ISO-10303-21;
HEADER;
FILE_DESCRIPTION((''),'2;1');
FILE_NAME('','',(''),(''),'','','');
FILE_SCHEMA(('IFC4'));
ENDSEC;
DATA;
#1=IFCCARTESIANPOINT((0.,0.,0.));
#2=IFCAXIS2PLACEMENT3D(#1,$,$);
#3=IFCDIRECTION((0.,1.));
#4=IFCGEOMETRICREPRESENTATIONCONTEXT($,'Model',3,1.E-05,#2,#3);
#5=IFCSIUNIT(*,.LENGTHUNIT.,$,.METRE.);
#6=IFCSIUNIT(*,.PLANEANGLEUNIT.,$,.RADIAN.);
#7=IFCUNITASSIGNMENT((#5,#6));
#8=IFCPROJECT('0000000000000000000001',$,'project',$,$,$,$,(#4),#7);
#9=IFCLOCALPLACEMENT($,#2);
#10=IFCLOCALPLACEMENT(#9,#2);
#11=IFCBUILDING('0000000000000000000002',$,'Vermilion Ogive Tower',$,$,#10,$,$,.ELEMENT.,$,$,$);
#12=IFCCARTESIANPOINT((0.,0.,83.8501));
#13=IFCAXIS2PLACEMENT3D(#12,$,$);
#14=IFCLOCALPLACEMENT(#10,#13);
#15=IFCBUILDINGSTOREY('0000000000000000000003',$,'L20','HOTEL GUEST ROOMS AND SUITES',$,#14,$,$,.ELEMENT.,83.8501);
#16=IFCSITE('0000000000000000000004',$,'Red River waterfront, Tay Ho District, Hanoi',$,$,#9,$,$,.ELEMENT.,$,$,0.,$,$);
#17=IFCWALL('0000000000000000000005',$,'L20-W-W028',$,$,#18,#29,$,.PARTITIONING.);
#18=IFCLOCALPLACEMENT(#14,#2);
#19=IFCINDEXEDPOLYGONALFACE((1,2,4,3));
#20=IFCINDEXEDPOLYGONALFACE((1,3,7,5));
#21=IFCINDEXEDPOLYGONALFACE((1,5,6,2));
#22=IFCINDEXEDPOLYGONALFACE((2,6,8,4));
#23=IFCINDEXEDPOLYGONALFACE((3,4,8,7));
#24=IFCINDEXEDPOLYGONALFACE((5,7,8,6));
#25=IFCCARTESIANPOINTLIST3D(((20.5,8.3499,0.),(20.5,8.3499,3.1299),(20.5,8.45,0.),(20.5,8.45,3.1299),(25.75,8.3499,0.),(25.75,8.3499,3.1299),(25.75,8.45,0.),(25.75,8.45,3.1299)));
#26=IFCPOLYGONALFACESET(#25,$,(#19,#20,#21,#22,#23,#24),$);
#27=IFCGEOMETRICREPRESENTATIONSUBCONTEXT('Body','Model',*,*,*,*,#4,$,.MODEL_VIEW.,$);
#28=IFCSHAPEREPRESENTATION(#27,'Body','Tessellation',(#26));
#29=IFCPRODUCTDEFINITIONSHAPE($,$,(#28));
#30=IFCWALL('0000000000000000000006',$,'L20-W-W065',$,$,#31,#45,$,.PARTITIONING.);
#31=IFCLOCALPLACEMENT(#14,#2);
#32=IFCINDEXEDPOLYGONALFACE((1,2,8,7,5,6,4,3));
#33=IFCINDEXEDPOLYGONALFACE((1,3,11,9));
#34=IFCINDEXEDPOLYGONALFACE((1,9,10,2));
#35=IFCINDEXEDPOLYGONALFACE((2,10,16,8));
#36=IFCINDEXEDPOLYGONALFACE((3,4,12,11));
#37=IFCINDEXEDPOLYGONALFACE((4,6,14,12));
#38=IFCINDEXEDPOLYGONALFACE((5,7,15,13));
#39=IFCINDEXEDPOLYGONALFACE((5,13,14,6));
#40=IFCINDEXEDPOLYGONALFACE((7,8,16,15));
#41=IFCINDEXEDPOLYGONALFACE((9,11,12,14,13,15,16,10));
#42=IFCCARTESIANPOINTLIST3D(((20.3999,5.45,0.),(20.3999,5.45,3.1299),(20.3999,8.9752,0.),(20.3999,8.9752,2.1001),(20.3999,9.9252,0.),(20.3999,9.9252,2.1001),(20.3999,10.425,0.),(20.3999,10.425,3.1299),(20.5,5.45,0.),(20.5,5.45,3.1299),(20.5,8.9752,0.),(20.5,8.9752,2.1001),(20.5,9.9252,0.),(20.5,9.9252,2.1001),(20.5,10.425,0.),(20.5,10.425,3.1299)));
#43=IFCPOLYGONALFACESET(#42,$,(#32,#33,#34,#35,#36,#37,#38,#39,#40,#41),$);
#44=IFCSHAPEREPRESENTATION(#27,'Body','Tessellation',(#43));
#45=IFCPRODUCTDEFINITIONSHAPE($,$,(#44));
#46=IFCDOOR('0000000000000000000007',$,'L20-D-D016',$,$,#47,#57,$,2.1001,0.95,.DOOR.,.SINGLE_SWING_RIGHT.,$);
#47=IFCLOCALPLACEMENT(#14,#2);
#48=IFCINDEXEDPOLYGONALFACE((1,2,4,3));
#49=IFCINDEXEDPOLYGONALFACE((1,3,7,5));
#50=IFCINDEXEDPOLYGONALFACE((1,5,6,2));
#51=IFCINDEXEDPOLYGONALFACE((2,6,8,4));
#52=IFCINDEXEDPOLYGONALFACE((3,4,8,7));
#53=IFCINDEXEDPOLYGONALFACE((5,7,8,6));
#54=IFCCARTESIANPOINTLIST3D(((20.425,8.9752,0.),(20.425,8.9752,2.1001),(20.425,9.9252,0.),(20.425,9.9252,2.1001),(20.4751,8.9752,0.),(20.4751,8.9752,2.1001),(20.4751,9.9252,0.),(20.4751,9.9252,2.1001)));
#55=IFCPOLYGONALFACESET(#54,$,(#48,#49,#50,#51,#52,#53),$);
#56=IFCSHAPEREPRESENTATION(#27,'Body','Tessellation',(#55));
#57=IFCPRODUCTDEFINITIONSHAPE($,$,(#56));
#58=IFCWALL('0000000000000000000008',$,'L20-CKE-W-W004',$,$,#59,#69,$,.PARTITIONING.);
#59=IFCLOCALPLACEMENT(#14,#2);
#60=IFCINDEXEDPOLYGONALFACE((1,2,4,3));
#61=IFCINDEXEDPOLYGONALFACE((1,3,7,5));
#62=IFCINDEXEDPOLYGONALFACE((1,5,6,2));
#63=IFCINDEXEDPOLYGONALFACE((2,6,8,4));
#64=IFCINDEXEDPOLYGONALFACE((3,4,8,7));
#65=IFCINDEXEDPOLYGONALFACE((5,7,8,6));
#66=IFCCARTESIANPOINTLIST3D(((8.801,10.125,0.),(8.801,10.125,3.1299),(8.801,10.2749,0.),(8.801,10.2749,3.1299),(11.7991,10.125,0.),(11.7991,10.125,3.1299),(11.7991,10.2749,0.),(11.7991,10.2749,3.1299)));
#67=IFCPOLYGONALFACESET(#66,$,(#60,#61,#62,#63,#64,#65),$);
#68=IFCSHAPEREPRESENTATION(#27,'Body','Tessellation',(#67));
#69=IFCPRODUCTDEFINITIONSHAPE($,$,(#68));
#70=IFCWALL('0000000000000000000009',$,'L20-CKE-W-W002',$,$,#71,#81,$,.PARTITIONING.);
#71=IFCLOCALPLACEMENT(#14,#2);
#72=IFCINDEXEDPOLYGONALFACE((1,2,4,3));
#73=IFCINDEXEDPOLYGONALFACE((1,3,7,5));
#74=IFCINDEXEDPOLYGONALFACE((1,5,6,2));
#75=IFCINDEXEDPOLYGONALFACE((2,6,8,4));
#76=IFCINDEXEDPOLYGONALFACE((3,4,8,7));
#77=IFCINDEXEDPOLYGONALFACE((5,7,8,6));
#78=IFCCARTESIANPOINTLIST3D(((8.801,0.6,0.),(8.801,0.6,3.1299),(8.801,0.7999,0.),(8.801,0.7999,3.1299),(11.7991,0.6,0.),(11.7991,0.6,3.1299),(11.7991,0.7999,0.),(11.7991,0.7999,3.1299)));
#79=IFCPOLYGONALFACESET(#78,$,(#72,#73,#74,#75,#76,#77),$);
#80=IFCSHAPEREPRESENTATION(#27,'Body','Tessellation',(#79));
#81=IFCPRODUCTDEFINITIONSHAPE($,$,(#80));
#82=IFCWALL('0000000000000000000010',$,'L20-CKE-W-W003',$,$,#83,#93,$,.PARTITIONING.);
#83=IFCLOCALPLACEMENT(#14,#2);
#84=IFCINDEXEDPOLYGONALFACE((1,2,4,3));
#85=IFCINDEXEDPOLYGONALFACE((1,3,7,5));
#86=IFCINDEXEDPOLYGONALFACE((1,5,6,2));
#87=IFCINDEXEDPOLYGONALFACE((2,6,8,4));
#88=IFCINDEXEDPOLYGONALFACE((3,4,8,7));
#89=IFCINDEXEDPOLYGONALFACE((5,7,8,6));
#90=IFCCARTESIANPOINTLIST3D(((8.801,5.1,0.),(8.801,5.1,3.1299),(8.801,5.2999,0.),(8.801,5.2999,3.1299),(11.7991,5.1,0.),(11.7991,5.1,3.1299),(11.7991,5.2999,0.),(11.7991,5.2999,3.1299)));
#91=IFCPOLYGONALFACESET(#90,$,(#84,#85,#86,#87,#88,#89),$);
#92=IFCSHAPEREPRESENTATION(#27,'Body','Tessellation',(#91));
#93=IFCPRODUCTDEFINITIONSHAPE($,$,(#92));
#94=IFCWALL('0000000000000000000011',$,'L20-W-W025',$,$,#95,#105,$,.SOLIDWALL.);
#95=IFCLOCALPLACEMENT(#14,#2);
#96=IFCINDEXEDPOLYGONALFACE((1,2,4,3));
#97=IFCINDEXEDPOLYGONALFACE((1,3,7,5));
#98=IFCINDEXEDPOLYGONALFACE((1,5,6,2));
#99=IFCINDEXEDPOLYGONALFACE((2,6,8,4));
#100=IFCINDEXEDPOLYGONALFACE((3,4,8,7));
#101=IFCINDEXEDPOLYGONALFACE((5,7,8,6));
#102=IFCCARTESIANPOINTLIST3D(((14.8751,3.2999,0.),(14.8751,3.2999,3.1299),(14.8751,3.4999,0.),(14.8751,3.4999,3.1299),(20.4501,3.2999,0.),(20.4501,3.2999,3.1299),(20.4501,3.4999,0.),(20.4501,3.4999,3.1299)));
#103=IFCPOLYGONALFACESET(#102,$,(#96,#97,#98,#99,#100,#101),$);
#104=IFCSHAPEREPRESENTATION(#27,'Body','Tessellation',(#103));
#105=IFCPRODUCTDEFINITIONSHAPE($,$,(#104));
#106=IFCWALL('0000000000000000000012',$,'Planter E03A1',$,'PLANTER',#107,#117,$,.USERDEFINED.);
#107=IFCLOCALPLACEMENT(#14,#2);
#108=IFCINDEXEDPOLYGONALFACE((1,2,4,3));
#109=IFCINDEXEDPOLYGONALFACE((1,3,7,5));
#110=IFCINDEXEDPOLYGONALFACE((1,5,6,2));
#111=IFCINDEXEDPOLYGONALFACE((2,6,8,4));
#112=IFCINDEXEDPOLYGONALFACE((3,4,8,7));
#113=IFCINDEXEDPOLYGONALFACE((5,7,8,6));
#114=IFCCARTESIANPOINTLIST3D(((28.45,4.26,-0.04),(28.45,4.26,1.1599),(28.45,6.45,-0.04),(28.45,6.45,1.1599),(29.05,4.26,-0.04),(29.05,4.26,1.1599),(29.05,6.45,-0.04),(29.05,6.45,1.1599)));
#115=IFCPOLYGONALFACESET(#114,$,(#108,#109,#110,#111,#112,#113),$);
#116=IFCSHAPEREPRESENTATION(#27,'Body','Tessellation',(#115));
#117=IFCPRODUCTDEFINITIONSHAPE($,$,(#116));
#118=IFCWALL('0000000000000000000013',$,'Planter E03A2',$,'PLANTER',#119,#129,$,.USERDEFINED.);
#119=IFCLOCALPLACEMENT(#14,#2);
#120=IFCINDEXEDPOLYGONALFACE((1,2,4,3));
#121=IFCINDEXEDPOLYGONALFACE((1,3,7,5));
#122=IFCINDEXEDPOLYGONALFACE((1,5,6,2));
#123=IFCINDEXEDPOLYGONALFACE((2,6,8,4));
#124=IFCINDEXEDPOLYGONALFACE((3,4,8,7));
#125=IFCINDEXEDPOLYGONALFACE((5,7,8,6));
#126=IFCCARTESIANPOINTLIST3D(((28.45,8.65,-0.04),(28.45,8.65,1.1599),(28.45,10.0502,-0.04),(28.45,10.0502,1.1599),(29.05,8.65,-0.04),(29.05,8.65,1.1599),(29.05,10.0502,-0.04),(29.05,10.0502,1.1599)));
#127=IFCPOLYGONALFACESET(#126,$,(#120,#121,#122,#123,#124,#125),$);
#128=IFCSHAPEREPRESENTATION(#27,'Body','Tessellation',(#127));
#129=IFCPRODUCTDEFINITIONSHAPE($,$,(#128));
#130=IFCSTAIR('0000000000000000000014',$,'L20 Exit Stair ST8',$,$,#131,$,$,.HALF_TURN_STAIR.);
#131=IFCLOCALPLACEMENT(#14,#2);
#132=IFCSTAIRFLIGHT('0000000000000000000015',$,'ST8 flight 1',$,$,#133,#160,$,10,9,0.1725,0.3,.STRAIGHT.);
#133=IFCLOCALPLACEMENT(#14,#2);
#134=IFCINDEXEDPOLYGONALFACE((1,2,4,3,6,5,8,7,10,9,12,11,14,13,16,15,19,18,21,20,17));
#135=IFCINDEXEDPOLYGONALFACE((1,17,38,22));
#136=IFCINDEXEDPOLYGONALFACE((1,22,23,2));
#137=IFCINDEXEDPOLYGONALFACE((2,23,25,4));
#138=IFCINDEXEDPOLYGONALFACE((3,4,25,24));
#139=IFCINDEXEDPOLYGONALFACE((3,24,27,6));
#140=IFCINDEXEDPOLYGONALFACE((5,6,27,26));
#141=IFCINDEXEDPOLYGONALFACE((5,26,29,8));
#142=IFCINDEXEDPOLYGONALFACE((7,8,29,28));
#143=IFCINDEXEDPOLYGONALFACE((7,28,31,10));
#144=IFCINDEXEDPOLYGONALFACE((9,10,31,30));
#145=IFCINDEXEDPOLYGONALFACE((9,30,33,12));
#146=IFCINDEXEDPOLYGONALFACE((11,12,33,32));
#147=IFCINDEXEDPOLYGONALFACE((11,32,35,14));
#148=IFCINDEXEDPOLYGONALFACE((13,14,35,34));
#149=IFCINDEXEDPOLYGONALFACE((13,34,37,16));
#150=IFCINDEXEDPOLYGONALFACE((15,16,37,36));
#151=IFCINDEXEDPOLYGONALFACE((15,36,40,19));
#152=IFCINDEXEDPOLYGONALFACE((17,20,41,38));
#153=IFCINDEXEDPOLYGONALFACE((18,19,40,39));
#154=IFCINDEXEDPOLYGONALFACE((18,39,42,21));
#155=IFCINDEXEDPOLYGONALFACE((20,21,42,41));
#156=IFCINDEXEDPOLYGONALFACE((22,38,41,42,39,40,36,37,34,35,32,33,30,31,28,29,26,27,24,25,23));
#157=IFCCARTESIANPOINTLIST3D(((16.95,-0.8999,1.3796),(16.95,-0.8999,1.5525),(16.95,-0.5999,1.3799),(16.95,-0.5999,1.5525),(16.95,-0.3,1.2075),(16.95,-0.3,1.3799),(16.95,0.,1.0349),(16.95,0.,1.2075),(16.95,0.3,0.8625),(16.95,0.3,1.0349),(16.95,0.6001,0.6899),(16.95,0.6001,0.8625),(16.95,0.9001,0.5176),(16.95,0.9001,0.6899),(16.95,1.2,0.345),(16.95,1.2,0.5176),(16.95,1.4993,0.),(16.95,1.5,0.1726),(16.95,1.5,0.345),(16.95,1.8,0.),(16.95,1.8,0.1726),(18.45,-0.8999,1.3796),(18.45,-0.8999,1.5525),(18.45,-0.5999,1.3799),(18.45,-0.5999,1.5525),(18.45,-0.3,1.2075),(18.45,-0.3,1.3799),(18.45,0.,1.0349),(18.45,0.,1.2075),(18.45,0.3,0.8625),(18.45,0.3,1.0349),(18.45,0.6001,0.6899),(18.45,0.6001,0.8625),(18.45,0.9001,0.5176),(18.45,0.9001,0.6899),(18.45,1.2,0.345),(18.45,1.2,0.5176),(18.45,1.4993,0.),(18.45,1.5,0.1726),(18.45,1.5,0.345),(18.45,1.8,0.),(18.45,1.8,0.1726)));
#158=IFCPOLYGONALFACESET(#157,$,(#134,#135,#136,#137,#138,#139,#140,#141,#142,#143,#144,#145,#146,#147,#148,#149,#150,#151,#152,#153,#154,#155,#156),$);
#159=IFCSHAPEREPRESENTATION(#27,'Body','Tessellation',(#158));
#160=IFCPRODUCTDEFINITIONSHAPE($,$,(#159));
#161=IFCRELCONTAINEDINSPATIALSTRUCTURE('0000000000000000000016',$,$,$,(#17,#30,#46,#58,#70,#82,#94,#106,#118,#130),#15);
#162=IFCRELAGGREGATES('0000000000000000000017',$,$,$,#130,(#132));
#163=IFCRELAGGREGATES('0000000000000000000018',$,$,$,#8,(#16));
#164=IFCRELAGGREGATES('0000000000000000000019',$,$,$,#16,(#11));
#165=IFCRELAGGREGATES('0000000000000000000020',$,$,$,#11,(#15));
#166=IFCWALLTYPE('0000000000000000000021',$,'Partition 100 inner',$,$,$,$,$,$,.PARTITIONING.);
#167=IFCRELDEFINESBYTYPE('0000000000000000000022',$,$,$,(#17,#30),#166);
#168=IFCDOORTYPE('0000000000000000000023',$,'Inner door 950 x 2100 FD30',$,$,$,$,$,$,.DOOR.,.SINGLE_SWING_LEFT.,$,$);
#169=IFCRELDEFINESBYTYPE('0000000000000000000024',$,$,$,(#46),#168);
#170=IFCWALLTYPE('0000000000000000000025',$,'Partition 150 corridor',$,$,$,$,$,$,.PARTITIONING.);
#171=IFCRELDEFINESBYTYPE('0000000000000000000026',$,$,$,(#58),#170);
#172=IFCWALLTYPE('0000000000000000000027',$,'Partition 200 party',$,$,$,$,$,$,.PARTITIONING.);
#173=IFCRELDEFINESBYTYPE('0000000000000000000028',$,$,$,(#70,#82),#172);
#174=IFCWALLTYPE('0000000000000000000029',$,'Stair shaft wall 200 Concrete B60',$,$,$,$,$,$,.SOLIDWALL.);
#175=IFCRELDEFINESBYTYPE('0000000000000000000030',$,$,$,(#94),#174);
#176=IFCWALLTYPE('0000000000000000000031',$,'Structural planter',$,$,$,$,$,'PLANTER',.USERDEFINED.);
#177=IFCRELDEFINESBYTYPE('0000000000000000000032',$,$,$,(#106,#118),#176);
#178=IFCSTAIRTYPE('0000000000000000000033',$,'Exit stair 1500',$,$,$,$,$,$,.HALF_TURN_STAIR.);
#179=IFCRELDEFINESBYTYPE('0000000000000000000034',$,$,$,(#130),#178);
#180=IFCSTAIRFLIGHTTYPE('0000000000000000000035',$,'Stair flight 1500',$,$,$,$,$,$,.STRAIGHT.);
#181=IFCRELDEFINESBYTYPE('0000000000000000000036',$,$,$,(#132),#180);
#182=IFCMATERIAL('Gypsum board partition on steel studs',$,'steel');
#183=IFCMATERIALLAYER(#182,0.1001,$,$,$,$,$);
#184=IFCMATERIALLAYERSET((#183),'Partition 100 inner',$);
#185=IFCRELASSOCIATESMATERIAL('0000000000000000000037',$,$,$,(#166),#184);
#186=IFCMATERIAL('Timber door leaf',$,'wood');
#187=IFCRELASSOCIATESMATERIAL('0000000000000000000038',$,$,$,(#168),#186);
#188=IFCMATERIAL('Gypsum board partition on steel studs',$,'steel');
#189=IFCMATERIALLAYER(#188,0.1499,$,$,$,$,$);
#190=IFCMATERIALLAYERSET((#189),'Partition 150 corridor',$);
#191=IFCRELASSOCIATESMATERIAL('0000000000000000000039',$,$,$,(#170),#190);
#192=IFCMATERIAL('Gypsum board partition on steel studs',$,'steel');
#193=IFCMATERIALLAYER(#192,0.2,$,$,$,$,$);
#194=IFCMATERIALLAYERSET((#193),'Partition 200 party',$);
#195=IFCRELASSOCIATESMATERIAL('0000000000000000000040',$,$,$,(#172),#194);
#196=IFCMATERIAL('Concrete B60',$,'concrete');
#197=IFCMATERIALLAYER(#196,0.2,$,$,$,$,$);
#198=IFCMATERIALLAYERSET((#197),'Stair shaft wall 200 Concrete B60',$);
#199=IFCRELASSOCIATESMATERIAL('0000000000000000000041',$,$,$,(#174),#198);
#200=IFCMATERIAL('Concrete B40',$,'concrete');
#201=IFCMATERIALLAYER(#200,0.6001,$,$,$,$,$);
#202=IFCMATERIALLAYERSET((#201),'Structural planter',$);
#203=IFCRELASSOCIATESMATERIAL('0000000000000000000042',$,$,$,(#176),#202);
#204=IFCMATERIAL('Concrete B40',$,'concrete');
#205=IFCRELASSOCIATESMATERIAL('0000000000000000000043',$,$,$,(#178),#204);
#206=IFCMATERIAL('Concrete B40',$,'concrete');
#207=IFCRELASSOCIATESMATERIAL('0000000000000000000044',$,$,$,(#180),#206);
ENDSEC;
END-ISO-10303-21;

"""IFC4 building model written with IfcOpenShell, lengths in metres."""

from ifc_helpers import new_model, si_unit, direction, frame, frame_2d, origin, place, context, subcontext, project, spatial, polyline, rectangle, outline, extrude, material, layer, layer_set, type_object, element, fill, aggregate, save


model = new_model("IFC4")

# Units and contexts
model_context = context("Model", 3, precision=1e-05, world=origin(), true_north=direction((0.0, 1.0)))
body_context = subcontext(model_context, "Body", "Model", "MODEL_VIEW")
ifc_project = project(units=[si_unit("LENGTHUNIT", "METRE"), si_unit("PLANEANGLEUNIT", "RADIAN")], contexts=[model_context])

# Site, building, storey
site_placement = place(None, origin())
site = spatial("IfcSite", under=ifc_project, at=site_placement, Name="Red River waterfront, Tay Ho District, Hanoi", CompositionType="ELEMENT", RefElevation=0.0)
building_placement = place(site_placement, origin())
building = spatial("IfcBuilding", under=site, at=building_placement, Name="Vermilion Ogive Tower", CompositionType="ELEMENT")
storey_placement = place(building_placement, frame((0.0, 0.0, 83.8501)))
storey = spatial("IfcBuildingStorey", under=building, at=storey_placement, Name="L20", Description="HOTEL GUEST ROOMS AND SUITES", CompositionType="ELEMENT", Elevation=83.8501)

# Shared definitions
ifc_material_1 = material(Name="Gypsum board partition on steel studs", Category="steel")
ifc_layer_1 = layer(ifc_material_1, 0.1001)
ifc_layer_set_1 = layer_set([ifc_layer_1], Name="Partition 100 inner")
wall_type_1 = type_object("IfcWallType", Name="Partition 100 inner", PredefinedType="PARTITIONING", material=ifc_layer_set_1)
ifc_material_2 = material(Name="Timber door leaf", Category="wood")
door_type_1 = type_object("IfcDoorType", Name="Inner door 950 x 2100 FD30", OperationType="SINGLE_SWING_LEFT", PredefinedType="DOOR", material=ifc_material_2)

# Wall
wall_1_placement = place(storey_placement, frame((20.5, 8.3999, 0.0), z_axis=(0.0, 0.0, 1.0), x_axis=(1.0, 0.0, 0.0)))
element("IfcWall", 1, at=wall_1_placement, inside=storey, type_object=wall_type_1, Name="L20-W-W028", PredefinedType="PARTITIONING", context=body_context, shape_type="SweptSolid", body=[
    extrude(rectangle(XDim=5.25, YDim=0.1001, at=frame_2d((2.625, 0.0))), origin(), (0.0, 0.0, 1.0), 3.1299),
])

# Wall, opening, door
wall_2_placement = place(storey_placement, frame((20.45, 5.45, 0.0), z_axis=(0.0, 0.0, 1.0), x_axis=(0.0, 1.0, 0.0)))
wall_2 = element("IfcWall", 2, at=wall_2_placement, inside=storey, type_object=wall_type_1, Name="L20-W-W065", PredefinedType="PARTITIONING", context=body_context, shape_type="SweptSolid", body=[
    extrude(rectangle(XDim=4.9751, YDim=0.1001, at=frame_2d((2.4875, 0.0))), origin(), (0.0, 0.0, 1.0), 3.1299),
])
opening_1_placement = place(wall_2_placement, frame((3.5251, 0.0, 0.0)))
opening_1 = element("IfcOpeningElement", 3, at=opening_1_placement, cuts=wall_2, PredefinedType="OPENING", context=body_context, shape_type="SweptSolid", body=[
    extrude(rectangle(XDim=0.95, YDim=2.1001, at=frame_2d((0.4751, 1.05))), frame((0.0, 0.0601, 0.0), z_axis=(0.0, -1.0, 0.0), x_axis=(1.0, 0.0, 0.0)), (0.0, 0.0, 1.0), 0.1201),
])
door_1_placement = place(opening_1_placement, origin())
door_1 = element("IfcDoor", 4, at=door_1_placement, inside=storey, type_object=door_type_1, Name="L20-D-D016", OperationType="SINGLE_SWING_RIGHT", OverallHeight=2.1001, OverallWidth=0.95, PredefinedType="DOOR", context=body_context, shape_type="SweptSolid", body=[
    extrude(rectangle(XDim=0.95, YDim=2.1001, at=frame_2d((0.4751, 1.05))), frame((0.0, 0.0249, 0.0), z_axis=(0.0, -1.0, 0.0), x_axis=(1.0, 0.0, 0.0)), (0.0, 0.0, 1.0), 0.05),
])
fill(opening_1, door_1)

# Walls
ifc_material_3 = material(Name="Gypsum board partition on steel studs", Category="steel")
ifc_layer_2 = layer(ifc_material_3, 0.1499)
ifc_layer_set_2 = layer_set([ifc_layer_2], Name="Partition 150 corridor")
wall_type_2 = type_object("IfcWallType", Name="Partition 150 corridor", PredefinedType="PARTITIONING", material=ifc_layer_set_2)
wall_3_placement = place(storey_placement, frame((8.801, 10.2, 0.0), z_axis=(0.0, 0.0, 1.0), x_axis=(1.0, 0.0, 0.0)))
element("IfcWall", 5, at=wall_3_placement, inside=storey, type_object=wall_type_2, Name="L20-CKE-W-W004", PredefinedType="PARTITIONING", context=body_context, shape_type="SweptSolid", body=[
    extrude(rectangle(XDim=2.998, YDim=0.1499, at=frame_2d((1.499, 0.0))), origin(), (0.0, 0.0, 1.0), 3.1299),
])
ifc_material_4 = material(Name="Gypsum board partition on steel studs", Category="steel")
ifc_layer_3 = layer(ifc_material_4, 0.2)
ifc_layer_set_3 = layer_set([ifc_layer_3], Name="Partition 200 party")
wall_type_3 = type_object("IfcWallType", Name="Partition 200 party", PredefinedType="PARTITIONING", material=ifc_layer_set_3)
for number, where, z_axis, x_axis, name in (
    (6, (8.801, 0.7, 0.0), (0.0, 0.0, 1.0), (1.0, 0.0, 0.0), "L20-CKE-W-W002"),
    (7, (8.801, 5.2, 0.0), (0.0, 0.0, 1.0), (1.0, 0.0, 0.0), "L20-CKE-W-W003"),
):
    element("IfcWall", number, at=place(storey_placement, frame(where, z_axis=z_axis, x_axis=x_axis)), inside=storey, type_object=wall_type_3, Name=name, PredefinedType="PARTITIONING", context=body_context, shape_type="SweptSolid", body=[
        extrude(rectangle(XDim=2.998, YDim=0.2, at=frame_2d((1.499, 0.0))), origin(), (0.0, 0.0, 1.0), 3.1299),
    ])
ifc_material_5 = material(Name="Concrete B60", Category="concrete")
ifc_layer_4 = layer(ifc_material_5, 0.2)
ifc_layer_set_4 = layer_set([ifc_layer_4], Name="Stair shaft wall 200 Concrete B60")
wall_type_4 = type_object("IfcWallType", Name="Stair shaft wall 200 Concrete B60", PredefinedType="SOLIDWALL", material=ifc_layer_set_4)
wall_4_placement = place(storey_placement, frame((14.875, 3.3999, 0.0), z_axis=(0.0, 0.0, 1.0), x_axis=(1.0, 0.0, 0.0)))
element("IfcWall", 8, at=wall_4_placement, inside=storey, type_object=wall_type_4, Name="L20-W-W025", PredefinedType="SOLIDWALL", context=body_context, shape_type="SweptSolid", body=[
    extrude(rectangle(XDim=5.575, YDim=0.2, at=frame_2d((2.7876, 0.0))), origin(), (0.0, 0.0, 1.0), 3.1299),
])
ifc_material_6 = material(Name="Concrete B40", Category="concrete")
ifc_layer_5 = layer(ifc_material_6, 0.6001)
ifc_layer_set_5 = layer_set([ifc_layer_5], Name="Structural planter")
wall_type_5 = type_object("IfcWallType", Name="Structural planter", ElementType="PLANTER", PredefinedType="USERDEFINED", material=ifc_layer_set_5)
wall_5_placement = place(storey_placement, frame((28.75, 4.26, -0.04), z_axis=(0.0, 0.0, 1.0), x_axis=(0.0, 1.0, 0.0)))
element("IfcWall", 9, at=wall_5_placement, inside=storey, type_object=wall_type_5, Name="Planter E03A1", ObjectType="PLANTER", PredefinedType="USERDEFINED", context=body_context, shape_type="SweptSolid", body=[
    extrude(rectangle(XDim=2.1899, YDim=0.6001, at=frame_2d((1.095, 0.0))), origin(), (0.0, 0.0, 1.0), 1.2),
])
wall_6_placement = place(storey_placement, frame((28.75, 8.6499, -0.04), z_axis=(0.0, 0.0, 1.0), x_axis=(0.0, 1.0, 0.0)))
element("IfcWall", 10, at=wall_6_placement, inside=storey, type_object=wall_type_5, Name="Planter E03A2", ObjectType="PLANTER", PredefinedType="USERDEFINED", context=body_context, shape_type="SweptSolid", body=[
    extrude(rectangle(XDim=1.4001, YDim=0.6001, at=frame_2d((0.7002, 0.0))), origin(), (0.0, 0.0, 1.0), 1.2),
])

# Stair, stair flight
ifc_material_7 = material(Name="Concrete B40", Category="concrete")
stair_type = type_object("IfcStairType", Name="Exit stair 1500", PredefinedType="HALF_TURN_STAIR", material=ifc_material_7)
stair_placement = place(storey_placement, origin())
stair = element("IfcStair", 11, at=stair_placement, inside=storey, type_object=stair_type, Name="L20 Exit Stair ST8", PredefinedType="HALF_TURN_STAIR")
ifc_material_8 = material(Name="Concrete B40", Category="concrete")
stair_flight_type = type_object("IfcStairFlightType", Name="Stair flight 1500", PredefinedType="STRAIGHT", material=ifc_material_8)
stair_flight_placement = place(storey_placement, frame((17.7, 1.8, 0.0), z_axis=(0.0, 0.0, 1.0), x_axis=(0.0, -1.0, 0.0)))
stair_flight = element("IfcStairFlight", 12, at=stair_flight_placement, type_object=stair_flight_type, Name="ST8 flight 1", NumberOfRisers=10, NumberOfTreads=9, PredefinedType="STRAIGHT", RiserHeight=0.1725, TreadLength=0.3, context=body_context, shape_type="SweptSolid", body=[
    extrude(outline(polyline([(0.0, 0.0), (0.0, 0.1726), (0.3, 0.1726), (0.3, 0.345), (0.6001, 0.345), (0.6001, 0.5176), (0.8999, 0.5176), (0.8999, 0.6899), (1.2, 0.6899), (1.2, 0.8625), (1.5, 0.8625), (1.5, 1.0349), (1.8, 1.0349), (1.8, 1.2075), (2.1001, 1.2075), (2.1001, 1.3799), (2.3999, 1.3799), (2.3999, 1.5525), (2.7, 1.5525), (2.7, 1.7251), (2.7, 1.3796), (0.3008, 0.0), (0.0, 0.0)])), frame((0.0, 0.75, 0.0), z_axis=(0.0, -1.0, 0.0), x_axis=(1.0, 0.0, 0.0)), (0.0, 0.0, 1.0), 1.5),
])
aggregate(stair, [stair_flight])

save(model, "model.ifc")
